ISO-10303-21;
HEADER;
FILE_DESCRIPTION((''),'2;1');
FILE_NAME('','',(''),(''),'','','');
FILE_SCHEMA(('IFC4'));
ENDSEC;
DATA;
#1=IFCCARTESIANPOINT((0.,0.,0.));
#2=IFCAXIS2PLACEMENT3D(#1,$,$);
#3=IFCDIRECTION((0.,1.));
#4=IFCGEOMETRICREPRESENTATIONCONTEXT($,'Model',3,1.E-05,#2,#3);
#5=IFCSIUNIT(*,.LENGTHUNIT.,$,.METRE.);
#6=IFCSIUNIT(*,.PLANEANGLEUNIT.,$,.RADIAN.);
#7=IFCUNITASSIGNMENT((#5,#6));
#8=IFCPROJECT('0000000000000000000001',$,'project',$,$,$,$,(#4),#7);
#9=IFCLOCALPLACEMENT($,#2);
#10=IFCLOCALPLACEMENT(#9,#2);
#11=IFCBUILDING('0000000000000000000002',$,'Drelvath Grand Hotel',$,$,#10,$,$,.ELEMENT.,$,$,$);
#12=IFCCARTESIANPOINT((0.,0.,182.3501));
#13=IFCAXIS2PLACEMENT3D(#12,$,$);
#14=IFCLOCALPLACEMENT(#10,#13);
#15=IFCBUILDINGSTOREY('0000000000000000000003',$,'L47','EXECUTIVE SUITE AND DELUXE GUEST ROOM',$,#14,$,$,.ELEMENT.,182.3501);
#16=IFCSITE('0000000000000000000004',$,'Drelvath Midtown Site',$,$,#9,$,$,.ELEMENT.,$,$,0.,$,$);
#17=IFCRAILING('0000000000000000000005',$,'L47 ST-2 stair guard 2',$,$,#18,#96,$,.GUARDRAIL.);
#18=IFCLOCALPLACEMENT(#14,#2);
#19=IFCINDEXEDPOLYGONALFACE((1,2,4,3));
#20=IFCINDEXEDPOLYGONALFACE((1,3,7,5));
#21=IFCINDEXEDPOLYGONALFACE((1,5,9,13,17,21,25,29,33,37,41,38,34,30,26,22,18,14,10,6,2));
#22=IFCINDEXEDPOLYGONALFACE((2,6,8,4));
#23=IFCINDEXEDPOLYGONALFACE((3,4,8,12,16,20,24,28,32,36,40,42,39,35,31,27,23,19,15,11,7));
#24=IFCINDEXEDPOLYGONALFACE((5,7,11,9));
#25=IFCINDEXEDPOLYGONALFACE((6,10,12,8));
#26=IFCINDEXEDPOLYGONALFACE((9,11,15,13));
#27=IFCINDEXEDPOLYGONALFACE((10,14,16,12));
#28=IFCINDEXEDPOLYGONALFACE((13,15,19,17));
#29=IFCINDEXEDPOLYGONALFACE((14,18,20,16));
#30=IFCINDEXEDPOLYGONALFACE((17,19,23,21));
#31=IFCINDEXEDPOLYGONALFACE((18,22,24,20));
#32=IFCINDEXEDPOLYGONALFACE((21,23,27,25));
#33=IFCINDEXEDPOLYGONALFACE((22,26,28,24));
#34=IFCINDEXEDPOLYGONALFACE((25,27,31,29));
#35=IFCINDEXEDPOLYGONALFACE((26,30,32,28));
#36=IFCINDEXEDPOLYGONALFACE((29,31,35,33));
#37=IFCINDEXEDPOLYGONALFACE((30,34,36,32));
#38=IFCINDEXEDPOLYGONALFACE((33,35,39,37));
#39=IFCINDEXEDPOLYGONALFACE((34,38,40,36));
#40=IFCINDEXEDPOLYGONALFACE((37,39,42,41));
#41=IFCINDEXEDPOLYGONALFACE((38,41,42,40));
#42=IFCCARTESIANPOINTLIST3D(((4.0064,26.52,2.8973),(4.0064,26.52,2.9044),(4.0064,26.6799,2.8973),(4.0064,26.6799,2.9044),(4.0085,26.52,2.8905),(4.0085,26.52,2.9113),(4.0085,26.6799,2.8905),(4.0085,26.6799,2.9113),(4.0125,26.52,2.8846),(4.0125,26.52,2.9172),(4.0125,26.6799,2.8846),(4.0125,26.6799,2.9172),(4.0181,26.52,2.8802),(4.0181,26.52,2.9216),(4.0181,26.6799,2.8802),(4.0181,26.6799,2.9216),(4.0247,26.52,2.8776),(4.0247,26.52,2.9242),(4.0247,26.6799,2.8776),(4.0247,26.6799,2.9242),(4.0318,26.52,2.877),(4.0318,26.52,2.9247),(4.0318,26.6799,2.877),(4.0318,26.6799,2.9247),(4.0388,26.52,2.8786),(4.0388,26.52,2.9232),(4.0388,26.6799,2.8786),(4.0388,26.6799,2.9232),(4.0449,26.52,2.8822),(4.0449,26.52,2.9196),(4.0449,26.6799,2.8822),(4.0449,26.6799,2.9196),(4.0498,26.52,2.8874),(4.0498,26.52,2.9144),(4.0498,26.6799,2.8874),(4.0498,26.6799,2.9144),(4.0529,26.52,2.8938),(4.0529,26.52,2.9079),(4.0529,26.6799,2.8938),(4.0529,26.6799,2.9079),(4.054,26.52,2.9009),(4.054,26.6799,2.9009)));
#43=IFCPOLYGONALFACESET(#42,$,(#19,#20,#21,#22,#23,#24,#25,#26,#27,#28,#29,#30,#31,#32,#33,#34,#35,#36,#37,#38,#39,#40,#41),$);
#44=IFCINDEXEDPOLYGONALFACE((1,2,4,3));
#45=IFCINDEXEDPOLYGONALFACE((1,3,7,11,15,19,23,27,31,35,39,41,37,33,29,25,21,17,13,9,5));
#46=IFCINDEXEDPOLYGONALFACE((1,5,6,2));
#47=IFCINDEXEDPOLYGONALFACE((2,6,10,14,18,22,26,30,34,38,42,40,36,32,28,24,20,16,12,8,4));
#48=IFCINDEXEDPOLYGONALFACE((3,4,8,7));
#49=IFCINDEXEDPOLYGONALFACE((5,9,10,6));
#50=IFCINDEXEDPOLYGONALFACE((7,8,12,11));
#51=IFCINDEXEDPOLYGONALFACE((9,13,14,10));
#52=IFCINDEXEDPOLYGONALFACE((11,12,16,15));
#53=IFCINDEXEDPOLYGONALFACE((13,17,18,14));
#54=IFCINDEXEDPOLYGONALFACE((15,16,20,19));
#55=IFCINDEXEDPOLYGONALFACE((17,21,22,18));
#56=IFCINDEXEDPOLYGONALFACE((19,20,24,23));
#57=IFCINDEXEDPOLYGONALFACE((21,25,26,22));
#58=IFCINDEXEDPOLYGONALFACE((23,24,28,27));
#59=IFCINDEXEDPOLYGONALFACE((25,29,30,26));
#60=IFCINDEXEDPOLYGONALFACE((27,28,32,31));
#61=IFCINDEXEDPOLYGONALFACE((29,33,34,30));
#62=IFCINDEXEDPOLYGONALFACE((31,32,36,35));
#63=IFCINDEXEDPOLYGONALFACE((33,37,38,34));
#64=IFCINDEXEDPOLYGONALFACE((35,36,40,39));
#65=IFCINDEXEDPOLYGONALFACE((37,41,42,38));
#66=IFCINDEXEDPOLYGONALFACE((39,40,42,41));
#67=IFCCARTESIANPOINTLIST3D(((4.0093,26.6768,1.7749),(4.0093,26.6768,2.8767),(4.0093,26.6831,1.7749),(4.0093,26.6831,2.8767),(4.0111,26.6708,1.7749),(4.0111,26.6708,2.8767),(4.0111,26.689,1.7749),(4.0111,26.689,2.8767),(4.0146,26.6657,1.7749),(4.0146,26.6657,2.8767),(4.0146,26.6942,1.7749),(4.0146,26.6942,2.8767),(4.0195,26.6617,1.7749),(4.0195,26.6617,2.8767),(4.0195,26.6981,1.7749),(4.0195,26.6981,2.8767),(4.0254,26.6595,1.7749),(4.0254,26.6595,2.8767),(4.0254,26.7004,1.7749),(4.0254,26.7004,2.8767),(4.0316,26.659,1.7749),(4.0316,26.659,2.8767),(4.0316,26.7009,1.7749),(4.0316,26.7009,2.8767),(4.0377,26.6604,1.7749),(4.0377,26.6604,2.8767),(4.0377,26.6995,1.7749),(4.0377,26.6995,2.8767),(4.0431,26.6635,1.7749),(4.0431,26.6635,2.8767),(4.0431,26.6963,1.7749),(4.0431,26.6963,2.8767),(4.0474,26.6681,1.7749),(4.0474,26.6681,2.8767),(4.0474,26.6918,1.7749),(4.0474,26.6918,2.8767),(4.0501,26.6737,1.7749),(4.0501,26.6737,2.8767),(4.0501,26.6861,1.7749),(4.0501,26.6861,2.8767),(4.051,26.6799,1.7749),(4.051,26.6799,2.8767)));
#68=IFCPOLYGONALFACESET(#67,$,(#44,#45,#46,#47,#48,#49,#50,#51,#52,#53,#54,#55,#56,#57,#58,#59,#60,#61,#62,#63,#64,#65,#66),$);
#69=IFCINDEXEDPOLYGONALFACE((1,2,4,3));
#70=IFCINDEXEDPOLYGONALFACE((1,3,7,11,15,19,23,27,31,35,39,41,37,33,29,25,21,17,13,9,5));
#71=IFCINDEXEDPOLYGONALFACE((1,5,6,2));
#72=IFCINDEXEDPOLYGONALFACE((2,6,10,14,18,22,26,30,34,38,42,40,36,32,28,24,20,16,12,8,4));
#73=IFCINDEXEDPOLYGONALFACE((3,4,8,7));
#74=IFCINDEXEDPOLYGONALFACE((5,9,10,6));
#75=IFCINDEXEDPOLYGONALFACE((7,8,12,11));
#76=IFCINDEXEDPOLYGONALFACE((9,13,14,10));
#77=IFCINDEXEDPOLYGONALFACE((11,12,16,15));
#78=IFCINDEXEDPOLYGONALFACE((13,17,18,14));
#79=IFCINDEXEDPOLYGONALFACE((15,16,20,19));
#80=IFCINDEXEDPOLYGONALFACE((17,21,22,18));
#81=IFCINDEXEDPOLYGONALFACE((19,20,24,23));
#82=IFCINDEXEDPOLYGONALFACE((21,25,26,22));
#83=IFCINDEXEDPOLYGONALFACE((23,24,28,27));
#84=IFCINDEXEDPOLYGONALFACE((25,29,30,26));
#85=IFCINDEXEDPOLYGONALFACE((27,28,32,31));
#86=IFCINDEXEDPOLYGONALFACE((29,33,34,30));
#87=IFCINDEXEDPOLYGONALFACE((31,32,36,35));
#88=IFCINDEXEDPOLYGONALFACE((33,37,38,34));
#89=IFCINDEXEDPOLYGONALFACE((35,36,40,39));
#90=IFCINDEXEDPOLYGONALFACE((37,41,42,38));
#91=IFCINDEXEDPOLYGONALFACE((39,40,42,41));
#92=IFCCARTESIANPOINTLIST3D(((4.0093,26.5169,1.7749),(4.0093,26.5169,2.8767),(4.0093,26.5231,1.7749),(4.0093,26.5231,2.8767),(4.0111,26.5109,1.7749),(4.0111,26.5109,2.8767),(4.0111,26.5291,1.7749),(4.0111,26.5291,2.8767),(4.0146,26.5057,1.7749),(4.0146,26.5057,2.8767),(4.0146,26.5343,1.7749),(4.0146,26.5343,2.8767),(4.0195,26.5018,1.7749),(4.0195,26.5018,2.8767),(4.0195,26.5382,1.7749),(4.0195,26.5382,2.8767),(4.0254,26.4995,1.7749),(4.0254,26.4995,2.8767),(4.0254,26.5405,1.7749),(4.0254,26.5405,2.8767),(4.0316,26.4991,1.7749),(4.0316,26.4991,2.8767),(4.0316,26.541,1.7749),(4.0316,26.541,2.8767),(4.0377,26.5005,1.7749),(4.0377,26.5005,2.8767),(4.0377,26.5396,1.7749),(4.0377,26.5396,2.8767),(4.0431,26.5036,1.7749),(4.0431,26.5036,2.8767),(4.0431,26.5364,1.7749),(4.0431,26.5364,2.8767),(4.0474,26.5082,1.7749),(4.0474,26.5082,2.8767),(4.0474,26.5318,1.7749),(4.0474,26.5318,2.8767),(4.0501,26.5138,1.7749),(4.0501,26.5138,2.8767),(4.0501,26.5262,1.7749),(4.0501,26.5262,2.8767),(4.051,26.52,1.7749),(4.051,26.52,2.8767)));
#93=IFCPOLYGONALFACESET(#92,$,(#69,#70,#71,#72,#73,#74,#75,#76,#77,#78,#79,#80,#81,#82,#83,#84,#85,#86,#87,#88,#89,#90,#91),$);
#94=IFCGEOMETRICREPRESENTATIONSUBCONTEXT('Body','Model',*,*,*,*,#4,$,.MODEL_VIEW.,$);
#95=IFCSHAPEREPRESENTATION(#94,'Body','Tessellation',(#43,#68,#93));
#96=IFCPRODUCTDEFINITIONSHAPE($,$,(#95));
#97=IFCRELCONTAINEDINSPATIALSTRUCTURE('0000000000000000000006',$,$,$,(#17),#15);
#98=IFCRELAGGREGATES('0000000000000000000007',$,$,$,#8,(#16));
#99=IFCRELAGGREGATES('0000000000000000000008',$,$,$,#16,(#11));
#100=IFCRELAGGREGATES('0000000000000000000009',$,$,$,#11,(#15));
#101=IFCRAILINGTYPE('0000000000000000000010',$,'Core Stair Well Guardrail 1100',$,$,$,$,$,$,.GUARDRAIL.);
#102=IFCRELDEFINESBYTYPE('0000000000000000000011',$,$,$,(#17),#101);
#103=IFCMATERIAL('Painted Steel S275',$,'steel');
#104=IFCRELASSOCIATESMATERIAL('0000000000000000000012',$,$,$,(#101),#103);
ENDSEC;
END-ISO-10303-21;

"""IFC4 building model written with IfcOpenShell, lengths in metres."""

from ifc_helpers import new_model, si_unit, direction, frame, origin, origin_2d, place, context, subcontext, project, spatial, circle, extrude, material, type_object, element, save


model = new_model("IFC4")

# Units and contexts
model_context = context("Model", 3, precision=1e-05, world=origin(), true_north=direction((0.0, 1.0)))
body_context = subcontext(model_context, "Body", "Model", "MODEL_VIEW")
ifc_project = project(units=[si_unit("LENGTHUNIT", "METRE"), si_unit("PLANEANGLEUNIT", "RADIAN")], contexts=[model_context])

# Site, building, storey
site_placement = place(None, origin())
site = spatial("IfcSite", under=ifc_project, at=site_placement, Name="Drelvath Midtown Site", CompositionType="ELEMENT", RefElevation=0.0)
building_placement = place(site_placement, origin())
building = spatial("IfcBuilding", under=site, at=building_placement, Name="Drelvath Grand Hotel", CompositionType="ELEMENT")
storey_placement = place(building_placement, frame((0.0, 0.0, 182.3501)))
storey = spatial("IfcBuildingStorey", under=building, at=storey_placement, Name="L47", Description="EXECUTIVE SUITE AND DELUXE GUEST ROOM", CompositionType="ELEMENT", Elevation=182.3501)

# Railing
ifc_material_1 = material(Name="Painted Steel S275", Category="steel")
railing_type_1 = type_object("IfcRailingType", Name="Core Stair Well Guardrail 1100", PredefinedType="GUARDRAIL", material=ifc_material_1)
railing_1_placement = place(storey_placement, frame((4.03, 26.6799, 1.7749)))
element("IfcRailing", 1, at=railing_1_placement, inside=storey, type_object=railing_type_1, Name="L47 ST-2 stair guard 2", PredefinedType="GUARDRAIL", context=body_context, shape_type="SweptSolid", body=[
    extrude(circle(Radius=0.0239, at=origin_2d()), frame((0.0, 0.0, 1.126), z_axis=(0.0, -1.0, 0.0), x_axis=(1.0, 0.0, 0.0)), (0.0, 0.0, 1.0), 0.1599),
    extrude(circle(Radius=0.021, at=origin_2d()), origin(), (0.0, 0.0, 1.0), 1.1018),
    extrude(circle(Radius=0.021, at=origin_2d()), frame((0.0, -0.1599, 0.0)), (0.0, 0.0, 1.0), 1.1018),
])

save(model, "model.ifc")
